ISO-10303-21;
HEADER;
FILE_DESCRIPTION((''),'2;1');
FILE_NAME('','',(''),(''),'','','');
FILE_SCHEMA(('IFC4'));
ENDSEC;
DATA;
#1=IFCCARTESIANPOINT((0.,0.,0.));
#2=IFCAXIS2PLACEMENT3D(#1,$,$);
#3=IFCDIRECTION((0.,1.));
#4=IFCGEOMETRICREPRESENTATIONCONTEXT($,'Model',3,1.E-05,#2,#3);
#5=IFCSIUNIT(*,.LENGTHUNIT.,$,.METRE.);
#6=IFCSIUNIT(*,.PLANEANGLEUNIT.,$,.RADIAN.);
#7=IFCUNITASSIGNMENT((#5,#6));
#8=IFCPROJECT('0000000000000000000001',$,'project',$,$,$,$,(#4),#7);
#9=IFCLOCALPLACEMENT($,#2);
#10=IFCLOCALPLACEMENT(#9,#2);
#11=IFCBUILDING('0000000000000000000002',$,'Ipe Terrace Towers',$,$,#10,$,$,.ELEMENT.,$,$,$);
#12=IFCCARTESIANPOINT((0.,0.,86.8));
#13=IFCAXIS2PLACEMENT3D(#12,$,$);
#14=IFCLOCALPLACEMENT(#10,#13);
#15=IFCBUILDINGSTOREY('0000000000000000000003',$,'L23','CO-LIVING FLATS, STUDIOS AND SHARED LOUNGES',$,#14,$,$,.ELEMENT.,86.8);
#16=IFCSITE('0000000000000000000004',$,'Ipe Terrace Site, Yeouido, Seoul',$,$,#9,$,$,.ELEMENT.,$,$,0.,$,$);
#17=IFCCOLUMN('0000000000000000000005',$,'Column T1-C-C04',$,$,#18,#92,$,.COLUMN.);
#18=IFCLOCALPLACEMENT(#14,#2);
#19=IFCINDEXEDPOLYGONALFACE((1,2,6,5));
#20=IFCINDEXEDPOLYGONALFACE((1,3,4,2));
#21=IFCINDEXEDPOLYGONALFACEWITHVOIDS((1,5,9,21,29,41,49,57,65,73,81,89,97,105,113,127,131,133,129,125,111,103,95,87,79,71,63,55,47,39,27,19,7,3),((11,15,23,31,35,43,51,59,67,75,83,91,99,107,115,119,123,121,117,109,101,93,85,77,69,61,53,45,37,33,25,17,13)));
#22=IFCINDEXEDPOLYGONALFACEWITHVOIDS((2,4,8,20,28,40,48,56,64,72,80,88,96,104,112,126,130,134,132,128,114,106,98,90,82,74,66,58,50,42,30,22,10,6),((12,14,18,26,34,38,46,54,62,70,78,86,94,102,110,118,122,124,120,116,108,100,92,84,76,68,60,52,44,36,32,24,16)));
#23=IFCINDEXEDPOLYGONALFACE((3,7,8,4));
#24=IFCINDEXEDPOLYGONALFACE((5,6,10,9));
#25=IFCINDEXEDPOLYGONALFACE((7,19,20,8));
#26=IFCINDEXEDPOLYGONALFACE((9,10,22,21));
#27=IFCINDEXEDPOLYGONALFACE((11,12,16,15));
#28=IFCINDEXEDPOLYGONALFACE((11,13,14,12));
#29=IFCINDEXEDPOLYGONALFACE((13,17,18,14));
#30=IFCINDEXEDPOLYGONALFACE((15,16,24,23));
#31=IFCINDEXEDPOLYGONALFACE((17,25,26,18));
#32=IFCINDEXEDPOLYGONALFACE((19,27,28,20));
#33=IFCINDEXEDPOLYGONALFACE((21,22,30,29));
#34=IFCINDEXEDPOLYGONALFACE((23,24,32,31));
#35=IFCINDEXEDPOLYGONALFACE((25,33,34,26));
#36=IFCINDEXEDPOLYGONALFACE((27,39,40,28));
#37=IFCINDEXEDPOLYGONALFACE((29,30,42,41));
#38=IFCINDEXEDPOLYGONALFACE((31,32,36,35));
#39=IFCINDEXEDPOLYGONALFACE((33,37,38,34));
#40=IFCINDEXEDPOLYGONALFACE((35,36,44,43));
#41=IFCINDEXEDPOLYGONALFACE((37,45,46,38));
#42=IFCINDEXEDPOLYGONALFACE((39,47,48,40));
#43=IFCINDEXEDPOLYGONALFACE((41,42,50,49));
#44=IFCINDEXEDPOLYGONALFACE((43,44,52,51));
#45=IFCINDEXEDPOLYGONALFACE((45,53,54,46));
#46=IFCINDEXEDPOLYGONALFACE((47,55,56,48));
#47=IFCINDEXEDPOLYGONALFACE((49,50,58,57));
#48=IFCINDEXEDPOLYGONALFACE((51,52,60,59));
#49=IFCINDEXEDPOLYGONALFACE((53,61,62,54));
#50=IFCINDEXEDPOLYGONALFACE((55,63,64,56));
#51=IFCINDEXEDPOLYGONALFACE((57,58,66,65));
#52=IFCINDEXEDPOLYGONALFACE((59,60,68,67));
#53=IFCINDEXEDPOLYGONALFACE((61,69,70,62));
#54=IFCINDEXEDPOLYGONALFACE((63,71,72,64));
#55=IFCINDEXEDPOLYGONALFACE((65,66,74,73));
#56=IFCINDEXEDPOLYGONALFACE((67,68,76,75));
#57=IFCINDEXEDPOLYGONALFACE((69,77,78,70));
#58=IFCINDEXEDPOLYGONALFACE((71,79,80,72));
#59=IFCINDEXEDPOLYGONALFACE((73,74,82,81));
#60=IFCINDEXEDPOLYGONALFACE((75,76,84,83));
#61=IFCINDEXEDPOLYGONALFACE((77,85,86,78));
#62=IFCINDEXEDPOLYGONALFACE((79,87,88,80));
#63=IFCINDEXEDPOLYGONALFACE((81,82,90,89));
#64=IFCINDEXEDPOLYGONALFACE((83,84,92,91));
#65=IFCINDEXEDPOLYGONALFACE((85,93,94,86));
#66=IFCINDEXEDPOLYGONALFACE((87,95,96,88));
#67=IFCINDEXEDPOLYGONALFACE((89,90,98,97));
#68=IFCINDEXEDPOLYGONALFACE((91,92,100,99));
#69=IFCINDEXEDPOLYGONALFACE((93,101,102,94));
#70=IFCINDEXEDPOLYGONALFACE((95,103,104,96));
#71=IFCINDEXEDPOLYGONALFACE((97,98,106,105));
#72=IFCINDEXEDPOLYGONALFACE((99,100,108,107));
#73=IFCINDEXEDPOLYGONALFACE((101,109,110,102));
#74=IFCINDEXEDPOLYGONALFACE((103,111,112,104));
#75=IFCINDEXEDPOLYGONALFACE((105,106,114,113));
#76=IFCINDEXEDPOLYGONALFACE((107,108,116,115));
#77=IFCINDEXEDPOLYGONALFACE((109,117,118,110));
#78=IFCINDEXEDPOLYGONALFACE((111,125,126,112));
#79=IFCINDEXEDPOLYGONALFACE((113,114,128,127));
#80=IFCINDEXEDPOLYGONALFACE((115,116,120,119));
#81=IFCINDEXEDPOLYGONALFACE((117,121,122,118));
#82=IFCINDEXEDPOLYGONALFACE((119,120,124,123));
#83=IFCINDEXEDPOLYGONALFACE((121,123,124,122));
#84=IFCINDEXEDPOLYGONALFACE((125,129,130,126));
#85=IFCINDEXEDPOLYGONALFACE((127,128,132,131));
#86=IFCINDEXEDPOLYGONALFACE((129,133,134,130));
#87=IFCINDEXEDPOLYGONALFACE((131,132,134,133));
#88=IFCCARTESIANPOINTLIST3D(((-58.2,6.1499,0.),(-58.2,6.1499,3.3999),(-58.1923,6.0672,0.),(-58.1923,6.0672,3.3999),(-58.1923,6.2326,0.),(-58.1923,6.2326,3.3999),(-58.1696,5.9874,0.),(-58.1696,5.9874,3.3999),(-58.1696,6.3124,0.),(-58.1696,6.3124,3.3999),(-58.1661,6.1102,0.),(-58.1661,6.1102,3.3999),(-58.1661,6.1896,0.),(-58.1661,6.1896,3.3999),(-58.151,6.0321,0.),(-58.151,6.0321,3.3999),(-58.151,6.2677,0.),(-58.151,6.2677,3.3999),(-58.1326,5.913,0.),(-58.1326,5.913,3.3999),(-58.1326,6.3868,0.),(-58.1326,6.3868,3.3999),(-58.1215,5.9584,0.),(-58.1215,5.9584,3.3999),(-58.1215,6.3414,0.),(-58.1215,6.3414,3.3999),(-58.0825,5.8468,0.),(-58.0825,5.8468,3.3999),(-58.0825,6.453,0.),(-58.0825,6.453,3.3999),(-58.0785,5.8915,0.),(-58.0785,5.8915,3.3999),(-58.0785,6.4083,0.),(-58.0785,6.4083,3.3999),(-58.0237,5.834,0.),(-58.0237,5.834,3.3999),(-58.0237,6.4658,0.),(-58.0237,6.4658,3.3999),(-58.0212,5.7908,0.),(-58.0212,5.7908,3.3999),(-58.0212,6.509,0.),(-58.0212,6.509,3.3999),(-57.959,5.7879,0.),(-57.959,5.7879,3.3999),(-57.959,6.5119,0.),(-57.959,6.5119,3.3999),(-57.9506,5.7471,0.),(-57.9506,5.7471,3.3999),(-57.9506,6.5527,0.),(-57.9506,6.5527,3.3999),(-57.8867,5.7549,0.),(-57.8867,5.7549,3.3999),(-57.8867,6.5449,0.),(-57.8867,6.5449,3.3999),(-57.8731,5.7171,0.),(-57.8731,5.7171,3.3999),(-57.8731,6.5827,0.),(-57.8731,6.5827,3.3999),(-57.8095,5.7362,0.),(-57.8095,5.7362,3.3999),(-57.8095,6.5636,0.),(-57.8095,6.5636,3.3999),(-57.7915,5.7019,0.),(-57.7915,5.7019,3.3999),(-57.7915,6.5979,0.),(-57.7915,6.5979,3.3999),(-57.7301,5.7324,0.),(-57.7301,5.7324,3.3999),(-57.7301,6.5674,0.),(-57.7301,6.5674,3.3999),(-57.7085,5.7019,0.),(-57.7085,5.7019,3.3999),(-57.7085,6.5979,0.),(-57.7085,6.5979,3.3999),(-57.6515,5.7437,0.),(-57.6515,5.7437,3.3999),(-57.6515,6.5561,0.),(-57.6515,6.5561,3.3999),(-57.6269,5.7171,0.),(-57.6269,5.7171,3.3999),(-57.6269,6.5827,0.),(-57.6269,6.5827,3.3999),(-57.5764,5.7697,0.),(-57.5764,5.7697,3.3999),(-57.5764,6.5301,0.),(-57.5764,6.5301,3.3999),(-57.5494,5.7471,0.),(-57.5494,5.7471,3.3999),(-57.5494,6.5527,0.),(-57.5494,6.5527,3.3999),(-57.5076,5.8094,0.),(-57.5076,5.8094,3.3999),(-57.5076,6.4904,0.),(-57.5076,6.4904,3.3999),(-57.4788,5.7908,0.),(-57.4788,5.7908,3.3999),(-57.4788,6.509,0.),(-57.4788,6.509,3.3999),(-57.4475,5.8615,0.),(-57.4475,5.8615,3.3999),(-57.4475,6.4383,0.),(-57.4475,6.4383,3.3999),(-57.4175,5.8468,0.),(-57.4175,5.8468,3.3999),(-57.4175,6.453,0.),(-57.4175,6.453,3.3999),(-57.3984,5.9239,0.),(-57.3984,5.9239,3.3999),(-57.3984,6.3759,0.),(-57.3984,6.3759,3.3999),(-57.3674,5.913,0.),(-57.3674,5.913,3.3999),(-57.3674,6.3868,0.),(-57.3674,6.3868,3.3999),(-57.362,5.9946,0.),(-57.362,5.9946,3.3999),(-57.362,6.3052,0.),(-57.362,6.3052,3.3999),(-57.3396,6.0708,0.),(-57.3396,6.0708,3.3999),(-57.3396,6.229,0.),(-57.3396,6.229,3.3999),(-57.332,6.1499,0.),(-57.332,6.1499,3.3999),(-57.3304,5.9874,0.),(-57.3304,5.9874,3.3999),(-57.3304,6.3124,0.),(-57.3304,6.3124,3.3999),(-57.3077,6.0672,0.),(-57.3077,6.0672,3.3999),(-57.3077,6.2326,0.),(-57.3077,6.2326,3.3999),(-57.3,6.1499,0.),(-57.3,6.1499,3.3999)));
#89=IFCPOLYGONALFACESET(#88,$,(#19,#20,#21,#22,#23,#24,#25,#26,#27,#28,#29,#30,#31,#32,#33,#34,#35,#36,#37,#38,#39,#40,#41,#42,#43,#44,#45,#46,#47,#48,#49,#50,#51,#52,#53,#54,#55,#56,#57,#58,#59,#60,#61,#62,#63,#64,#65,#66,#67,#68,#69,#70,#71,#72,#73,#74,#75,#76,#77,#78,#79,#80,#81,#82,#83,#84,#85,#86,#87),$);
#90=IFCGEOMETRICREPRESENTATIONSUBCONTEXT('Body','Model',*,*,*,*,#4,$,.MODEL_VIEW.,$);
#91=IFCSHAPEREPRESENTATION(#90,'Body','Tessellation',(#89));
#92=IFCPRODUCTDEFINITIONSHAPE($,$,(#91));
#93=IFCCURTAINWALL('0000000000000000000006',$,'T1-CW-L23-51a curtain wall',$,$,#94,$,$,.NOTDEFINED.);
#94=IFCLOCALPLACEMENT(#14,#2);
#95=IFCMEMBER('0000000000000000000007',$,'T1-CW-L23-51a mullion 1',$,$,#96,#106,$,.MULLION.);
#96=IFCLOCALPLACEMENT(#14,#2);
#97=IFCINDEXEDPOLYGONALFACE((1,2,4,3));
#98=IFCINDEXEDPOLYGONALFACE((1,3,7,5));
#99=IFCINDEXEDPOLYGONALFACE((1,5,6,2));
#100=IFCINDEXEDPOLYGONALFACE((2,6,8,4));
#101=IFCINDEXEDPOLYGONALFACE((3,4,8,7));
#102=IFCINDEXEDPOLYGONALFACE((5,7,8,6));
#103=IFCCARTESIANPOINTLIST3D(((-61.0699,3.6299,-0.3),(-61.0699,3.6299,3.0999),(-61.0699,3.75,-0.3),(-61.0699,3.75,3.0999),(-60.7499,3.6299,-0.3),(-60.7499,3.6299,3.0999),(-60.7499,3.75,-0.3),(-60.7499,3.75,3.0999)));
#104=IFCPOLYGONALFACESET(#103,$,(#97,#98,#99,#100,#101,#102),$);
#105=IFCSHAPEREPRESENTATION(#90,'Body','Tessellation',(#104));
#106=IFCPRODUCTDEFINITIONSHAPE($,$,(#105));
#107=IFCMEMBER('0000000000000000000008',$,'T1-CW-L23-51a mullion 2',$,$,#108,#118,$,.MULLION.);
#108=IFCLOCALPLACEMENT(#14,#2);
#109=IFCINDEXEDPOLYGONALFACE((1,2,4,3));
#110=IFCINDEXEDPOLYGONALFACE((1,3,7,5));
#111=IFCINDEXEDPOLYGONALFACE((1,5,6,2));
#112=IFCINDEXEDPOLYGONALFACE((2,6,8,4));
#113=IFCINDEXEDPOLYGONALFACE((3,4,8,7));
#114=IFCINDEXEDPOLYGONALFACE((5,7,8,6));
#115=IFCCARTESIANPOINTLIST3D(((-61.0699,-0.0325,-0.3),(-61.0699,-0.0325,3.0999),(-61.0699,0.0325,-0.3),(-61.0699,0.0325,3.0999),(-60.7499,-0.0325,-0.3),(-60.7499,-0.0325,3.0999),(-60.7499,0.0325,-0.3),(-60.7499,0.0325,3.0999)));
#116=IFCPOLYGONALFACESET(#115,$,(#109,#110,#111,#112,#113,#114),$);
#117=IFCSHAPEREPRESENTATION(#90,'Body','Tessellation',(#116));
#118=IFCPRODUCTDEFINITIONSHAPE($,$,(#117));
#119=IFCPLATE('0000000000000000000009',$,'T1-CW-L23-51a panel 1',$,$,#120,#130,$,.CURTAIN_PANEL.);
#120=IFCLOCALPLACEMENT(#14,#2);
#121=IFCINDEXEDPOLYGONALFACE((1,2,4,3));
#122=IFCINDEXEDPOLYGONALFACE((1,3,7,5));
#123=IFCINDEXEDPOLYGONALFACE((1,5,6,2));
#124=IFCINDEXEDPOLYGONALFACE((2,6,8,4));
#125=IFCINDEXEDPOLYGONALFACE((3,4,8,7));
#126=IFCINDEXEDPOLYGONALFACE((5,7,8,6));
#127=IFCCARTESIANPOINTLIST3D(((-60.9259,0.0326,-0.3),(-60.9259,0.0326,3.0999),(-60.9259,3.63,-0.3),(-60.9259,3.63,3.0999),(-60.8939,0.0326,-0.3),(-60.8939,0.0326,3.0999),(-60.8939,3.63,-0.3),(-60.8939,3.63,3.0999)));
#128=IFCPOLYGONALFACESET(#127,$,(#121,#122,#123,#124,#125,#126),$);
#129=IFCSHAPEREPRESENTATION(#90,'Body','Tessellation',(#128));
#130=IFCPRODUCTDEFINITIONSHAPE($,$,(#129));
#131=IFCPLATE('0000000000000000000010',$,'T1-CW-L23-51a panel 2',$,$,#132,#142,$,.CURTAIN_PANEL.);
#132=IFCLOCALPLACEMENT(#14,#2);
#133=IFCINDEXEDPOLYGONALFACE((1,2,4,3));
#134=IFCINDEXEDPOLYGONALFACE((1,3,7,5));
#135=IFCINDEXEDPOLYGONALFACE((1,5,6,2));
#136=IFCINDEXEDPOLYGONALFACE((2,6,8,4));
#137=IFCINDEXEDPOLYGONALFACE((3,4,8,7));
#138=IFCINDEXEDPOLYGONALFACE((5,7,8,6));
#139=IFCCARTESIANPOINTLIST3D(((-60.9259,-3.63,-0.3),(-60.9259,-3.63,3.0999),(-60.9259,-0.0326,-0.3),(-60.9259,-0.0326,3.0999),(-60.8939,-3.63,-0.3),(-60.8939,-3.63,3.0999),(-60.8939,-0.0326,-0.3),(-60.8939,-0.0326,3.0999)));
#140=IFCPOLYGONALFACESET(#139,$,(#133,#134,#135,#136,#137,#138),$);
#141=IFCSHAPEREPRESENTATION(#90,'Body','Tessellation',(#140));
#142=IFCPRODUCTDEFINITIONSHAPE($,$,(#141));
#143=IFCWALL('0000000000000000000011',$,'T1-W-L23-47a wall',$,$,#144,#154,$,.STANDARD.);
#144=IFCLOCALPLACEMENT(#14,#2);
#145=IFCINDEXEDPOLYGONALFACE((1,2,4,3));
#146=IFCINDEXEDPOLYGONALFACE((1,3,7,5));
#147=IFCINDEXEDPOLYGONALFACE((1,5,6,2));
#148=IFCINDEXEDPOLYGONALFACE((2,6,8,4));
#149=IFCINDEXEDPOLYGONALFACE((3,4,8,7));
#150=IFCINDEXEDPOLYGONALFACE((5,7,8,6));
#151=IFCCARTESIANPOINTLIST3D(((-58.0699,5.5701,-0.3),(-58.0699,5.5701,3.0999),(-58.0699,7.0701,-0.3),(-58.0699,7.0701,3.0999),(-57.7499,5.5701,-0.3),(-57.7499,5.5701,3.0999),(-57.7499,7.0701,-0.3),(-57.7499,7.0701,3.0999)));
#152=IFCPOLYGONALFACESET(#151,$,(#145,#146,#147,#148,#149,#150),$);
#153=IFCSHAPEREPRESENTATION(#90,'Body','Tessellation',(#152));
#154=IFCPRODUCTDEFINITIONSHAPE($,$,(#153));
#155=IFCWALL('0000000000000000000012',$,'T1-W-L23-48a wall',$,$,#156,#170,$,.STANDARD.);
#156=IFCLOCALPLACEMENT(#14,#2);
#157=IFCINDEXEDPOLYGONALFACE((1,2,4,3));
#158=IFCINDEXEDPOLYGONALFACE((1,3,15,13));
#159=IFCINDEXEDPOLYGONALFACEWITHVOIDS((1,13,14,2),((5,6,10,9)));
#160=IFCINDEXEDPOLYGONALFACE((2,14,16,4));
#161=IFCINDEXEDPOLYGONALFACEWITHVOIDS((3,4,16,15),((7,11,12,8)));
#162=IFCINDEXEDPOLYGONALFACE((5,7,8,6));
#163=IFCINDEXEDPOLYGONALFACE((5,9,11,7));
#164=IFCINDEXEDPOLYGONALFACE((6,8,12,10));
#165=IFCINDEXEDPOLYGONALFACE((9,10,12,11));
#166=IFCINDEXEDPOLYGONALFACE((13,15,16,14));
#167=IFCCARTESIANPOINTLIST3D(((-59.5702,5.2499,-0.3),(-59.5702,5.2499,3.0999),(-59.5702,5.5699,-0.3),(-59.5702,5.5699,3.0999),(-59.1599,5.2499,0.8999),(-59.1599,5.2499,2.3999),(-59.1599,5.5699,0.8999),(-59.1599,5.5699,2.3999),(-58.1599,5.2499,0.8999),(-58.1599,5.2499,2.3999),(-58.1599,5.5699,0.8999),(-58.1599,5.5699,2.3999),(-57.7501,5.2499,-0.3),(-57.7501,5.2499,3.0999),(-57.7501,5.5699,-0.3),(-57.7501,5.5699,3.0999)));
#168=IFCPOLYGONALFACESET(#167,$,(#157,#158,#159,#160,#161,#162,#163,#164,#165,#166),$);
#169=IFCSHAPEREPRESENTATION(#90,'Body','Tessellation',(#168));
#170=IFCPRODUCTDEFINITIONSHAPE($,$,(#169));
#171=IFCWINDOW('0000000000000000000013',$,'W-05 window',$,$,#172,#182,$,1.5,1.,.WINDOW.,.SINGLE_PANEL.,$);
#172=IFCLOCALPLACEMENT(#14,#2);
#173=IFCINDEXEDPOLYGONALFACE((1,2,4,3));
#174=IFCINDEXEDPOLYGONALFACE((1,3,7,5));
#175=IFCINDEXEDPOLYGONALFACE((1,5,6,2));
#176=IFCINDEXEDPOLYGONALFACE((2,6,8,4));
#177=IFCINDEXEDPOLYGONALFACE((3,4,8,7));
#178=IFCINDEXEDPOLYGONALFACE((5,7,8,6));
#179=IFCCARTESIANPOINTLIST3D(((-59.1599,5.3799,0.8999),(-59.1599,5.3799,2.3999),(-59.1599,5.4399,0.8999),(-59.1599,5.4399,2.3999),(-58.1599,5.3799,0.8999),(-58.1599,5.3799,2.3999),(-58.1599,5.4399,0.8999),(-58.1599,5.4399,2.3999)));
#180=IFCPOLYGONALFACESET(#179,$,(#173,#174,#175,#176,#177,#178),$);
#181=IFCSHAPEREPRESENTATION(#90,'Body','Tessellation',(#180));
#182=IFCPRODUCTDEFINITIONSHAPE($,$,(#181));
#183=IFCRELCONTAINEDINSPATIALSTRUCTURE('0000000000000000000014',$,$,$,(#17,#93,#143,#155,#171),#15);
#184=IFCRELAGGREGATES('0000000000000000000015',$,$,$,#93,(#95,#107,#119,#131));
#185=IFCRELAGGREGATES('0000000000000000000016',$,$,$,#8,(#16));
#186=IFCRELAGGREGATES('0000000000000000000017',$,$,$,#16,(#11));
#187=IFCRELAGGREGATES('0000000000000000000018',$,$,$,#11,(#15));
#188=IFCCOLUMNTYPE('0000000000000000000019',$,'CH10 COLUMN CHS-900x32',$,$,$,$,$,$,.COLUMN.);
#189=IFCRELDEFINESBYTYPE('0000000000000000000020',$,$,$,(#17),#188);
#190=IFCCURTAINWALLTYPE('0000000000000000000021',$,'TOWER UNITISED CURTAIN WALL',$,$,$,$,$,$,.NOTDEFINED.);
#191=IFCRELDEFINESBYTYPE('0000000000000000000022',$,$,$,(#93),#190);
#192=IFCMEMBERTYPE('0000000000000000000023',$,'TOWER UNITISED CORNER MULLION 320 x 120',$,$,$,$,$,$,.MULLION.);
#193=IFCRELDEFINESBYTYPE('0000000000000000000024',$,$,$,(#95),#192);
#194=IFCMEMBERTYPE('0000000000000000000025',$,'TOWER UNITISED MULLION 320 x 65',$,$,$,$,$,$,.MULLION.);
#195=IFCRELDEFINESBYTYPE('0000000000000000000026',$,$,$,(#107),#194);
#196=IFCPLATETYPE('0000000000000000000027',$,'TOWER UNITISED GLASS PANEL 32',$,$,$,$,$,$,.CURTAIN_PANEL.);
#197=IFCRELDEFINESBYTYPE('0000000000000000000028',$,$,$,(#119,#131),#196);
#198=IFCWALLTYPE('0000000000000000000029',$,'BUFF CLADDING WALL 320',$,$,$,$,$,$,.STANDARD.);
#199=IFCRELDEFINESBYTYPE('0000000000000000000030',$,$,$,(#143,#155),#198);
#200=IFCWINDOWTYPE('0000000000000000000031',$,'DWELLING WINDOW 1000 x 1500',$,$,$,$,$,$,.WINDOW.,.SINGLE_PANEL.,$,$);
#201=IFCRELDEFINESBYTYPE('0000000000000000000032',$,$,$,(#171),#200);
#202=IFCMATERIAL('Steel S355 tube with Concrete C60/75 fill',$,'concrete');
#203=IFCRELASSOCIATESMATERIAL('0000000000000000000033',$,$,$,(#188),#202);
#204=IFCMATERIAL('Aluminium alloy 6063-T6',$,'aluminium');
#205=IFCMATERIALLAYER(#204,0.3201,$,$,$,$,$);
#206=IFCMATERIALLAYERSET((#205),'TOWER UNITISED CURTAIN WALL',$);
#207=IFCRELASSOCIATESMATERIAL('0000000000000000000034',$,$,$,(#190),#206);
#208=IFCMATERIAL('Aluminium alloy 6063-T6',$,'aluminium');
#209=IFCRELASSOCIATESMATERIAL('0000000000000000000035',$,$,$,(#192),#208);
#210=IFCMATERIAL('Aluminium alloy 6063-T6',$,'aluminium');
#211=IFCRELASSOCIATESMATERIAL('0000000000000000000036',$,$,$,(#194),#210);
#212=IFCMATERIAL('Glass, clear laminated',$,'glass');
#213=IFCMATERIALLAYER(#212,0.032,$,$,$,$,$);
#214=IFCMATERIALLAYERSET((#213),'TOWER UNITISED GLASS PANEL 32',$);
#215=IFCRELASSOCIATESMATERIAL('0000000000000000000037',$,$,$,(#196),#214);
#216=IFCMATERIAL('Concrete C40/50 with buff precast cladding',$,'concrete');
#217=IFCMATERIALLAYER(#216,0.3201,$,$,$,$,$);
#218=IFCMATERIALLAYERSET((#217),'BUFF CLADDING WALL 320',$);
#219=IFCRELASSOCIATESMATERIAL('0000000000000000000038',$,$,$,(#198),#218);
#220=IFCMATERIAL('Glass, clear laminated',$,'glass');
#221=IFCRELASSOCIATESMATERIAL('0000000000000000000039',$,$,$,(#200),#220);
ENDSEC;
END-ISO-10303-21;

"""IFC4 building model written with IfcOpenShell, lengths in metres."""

from ifc_helpers import new_model, si_unit, direction, frame, frame_2d, origin, origin_2d, place, context, subcontext, project, spatial, rectangle, hollow_circle, extrude, material, layer, layer_set, material_profile, profile_set, type_object, element, fill, aggregate, save


model = new_model("IFC4")

# Units and contexts
model_context = context("Model", 3, precision=1e-05, world=origin(), true_north=direction((0.0, 1.0)))
body_context = subcontext(model_context, "Body", "Model", "MODEL_VIEW")
ifc_project = project(units=[si_unit("LENGTHUNIT", "METRE"), si_unit("PLANEANGLEUNIT", "RADIAN")], contexts=[model_context])

# Site, building, storey
site_placement = place(None, origin())
site = spatial("IfcSite", under=ifc_project, at=site_placement, Name="Ipe Terrace Site, Yeouido, Seoul", CompositionType="ELEMENT", RefElevation=0.0)
building_placement = place(site_placement, origin())
building = spatial("IfcBuilding", under=site, at=building_placement, Name="Ipe Terrace Towers", CompositionType="ELEMENT")
storey_placement = place(building_placement, frame((0.0, 0.0, 86.8)))
storey = spatial("IfcBuildingStorey", under=building, at=storey_placement, Name="L23", Description="CO-LIVING FLATS, STUDIOS AND SHARED LOUNGES", CompositionType="ELEMENT", Elevation=86.8)

# Column
ifc_material_1 = material(Name="Steel S355 tube with Concrete C60/75 fill", Category="concrete")
ifc_material_profile_1 = material_profile(ifc_material_1, hollow_circle(Radius=0.45, WallThickness=0.032, at=origin_2d()), Name="CHS-900x32")
ifc_profile_set_1 = profile_set([ifc_material_profile_1], Name="Steel S355 tube with Concrete C60/75 fill")
column_type = type_object("IfcColumnType", Name="CH10 COLUMN CHS-900x32", PredefinedType="COLUMN", material=ifc_profile_set_1)
column_placement = place(storey_placement, frame((-57.75, 6.1499, 0.0), z_axis=(0.0, 0.0, 1.0), x_axis=(1.0, 0.0, 0.0)))
element("IfcColumn", 1, at=column_placement, inside=storey, type_object=column_type, Name="Column T1-C-C04", PredefinedType="COLUMN", context=body_context, shape_type="SweptSolid", body=[
    extrude(hollow_circle(Radius=0.45, WallThickness=0.032, at=origin_2d()), origin(), (0.0, 0.0, 1.0), 3.3999),
])

# Curtain wall, members, plates
ifc_material_2 = material(Name="Aluminium alloy 6063-T6", Category="aluminium")
ifc_layer_1 = layer(ifc_material_2, 0.3201)
ifc_layer_set_1 = layer_set([ifc_layer_1], Name="TOWER UNITISED CURTAIN WALL")
curtain_wall_type = type_object("IfcCurtainWallType", Name="TOWER UNITISED CURTAIN WALL", PredefinedType="NOTDEFINED", material=ifc_layer_set_1)
curtain_wall_placement = place(storey_placement, origin())
curtain_wall = element("IfcCurtainWall", 2, at=curtain_wall_placement, inside=storey, type_object=curtain_wall_type, Name="T1-CW-L23-51a curtain wall", PredefinedType="NOTDEFINED")
ifc_material_3 = material(Name="Aluminium alloy 6063-T6", Category="aluminium")
ifc_material_profile_2 = material_profile(ifc_material_3, rectangle(XDim=0.3201, YDim=0.1201, at=origin_2d()), Name="TOWER UNITISED CORNER MULLION 320 x 120")
ifc_profile_set_2 = profile_set([ifc_material_profile_2], Name="Aluminium alloy 6063-T6")
member_type_1 = type_object("IfcMemberType", Name="TOWER UNITISED CORNER MULLION 320 x 120", PredefinedType="MULLION", material=ifc_profile_set_2)
member_1_placement = place(storey_placement, frame((-60.9099, 3.6899, -0.3), z_axis=(0.0, 0.0, 1.0), x_axis=(-1.0, 0.0, 0.0)))
member_1 = element("IfcMember", 3, at=member_1_placement, type_object=member_type_1, Name="T1-CW-L23-51a mullion 1", PredefinedType="MULLION", context=body_context, shape_type="SweptSolid", body=[
    extrude(rectangle(XDim=0.3201, YDim=0.1201, at=origin_2d()), origin(), (0.0, 0.0, 1.0), 3.3999),
])
ifc_material_4 = material(Name="Aluminium alloy 6063-T6", Category="aluminium")
ifc_material_profile_3 = material_profile(ifc_material_4, rectangle(XDim=0.3201, YDim=0.0649, at=origin_2d()), Name="TOWER UNITISED MULLION 320 x 65")
ifc_profile_set_3 = profile_set([ifc_material_profile_3], Name="Aluminium alloy 6063-T6")
member_type_2 = type_object("IfcMemberType", Name="TOWER UNITISED MULLION 320 x 65", PredefinedType="MULLION", material=ifc_profile_set_3)
member_2_placement = place(storey_placement, frame((-60.9099, 0.0, -0.3), z_axis=(0.0, 0.0, 1.0), x_axis=(-1.0, 0.0, 0.0)))
member_2 = element("IfcMember", 4, at=member_2_placement, type_object=member_type_2, Name="T1-CW-L23-51a mullion 2", PredefinedType="MULLION", context=body_context, shape_type="SweptSolid", body=[
    extrude(rectangle(XDim=0.3201, YDim=0.0649, at=origin_2d()), origin(), (0.0, 0.0, 1.0), 3.3999),
])
ifc_material_5 = material(Name="Glass, clear laminated", Category="glass")
ifc_layer_2 = layer(ifc_material_5, 0.032)
ifc_layer_set_2 = layer_set([ifc_layer_2], Name="TOWER UNITISED GLASS PANEL 32")
plate_type = type_object("IfcPlateType", Name="TOWER UNITISED GLASS PANEL 32", PredefinedType="CURTAIN_PANEL", material=ifc_layer_set_2)
plate_1_placement = place(storey_placement, frame((-60.9099, 1.8313, -0.3), z_axis=(0.0, 0.0, 1.0), x_axis=(0.0, -1.0, 0.0)))
plate_1 = element("IfcPlate", 5, at=plate_1_placement, type_object=plate_type, Name="T1-CW-L23-51a panel 1", PredefinedType="CURTAIN_PANEL", context=body_context, shape_type="SweptSolid", body=[
    extrude(rectangle(XDim=3.5974, YDim=0.032, at=origin_2d()), origin(), (0.0, 0.0, 1.0), 3.3999),
])
plate_2_placement = place(storey_placement, frame((-60.9099, -1.8313, -0.3), z_axis=(0.0, 0.0, 1.0), x_axis=(0.0, -1.0, 0.0)))
plate_2 = element("IfcPlate", 6, at=plate_2_placement, type_object=plate_type, Name="T1-CW-L23-51a panel 2", PredefinedType="CURTAIN_PANEL", context=body_context, shape_type="SweptSolid", body=[
    extrude(rectangle(XDim=3.5974, YDim=0.032, at=origin_2d()), origin(), (0.0, 0.0, 1.0), 3.3999),
])
aggregate(curtain_wall, [member_1, member_2, plate_1, plate_2])

# Wall
ifc_material_6 = material(Name="Concrete C40/50 with buff precast cladding", Category="concrete")
ifc_layer_3 = layer(ifc_material_6, 0.3201)
ifc_layer_set_3 = layer_set([ifc_layer_3], Name="BUFF CLADDING WALL 320")
wall_type_1 = type_object("IfcWallType", Name="BUFF CLADDING WALL 320", PredefinedType="STANDARD", material=ifc_layer_set_3)
wall_1_placement = place(storey_placement, frame((-57.9099, 7.0701, -0.3), z_axis=(0.0, 0.0, 1.0), x_axis=(0.0, -1.0, 0.0)))
element("IfcWall", 7, at=wall_1_placement, inside=storey, type_object=wall_type_1, Name="T1-W-L23-47a wall", PredefinedType="STANDARD", context=body_context, shape_type="SweptSolid", body=[
    extrude(rectangle(XDim=1.5, YDim=0.3201, at=frame_2d((0.75, 0.0))), origin(), (0.0, 0.0, 1.0), 3.3999),
])

# Wall, opening, window
wall_2_placement = place(storey_placement, frame((-57.75, 5.4099, -0.3), z_axis=(0.0, 0.0, 1.0), x_axis=(-1.0, 0.0, 0.0)))
wall_2 = element("IfcWall", 8, at=wall_2_placement, inside=storey, type_object=wall_type_1, Name="T1-W-L23-48a wall", PredefinedType="STANDARD", context=body_context, shape_type="SweptSolid", body=[
    extrude(rectangle(XDim=1.8201, YDim=0.3201, at=frame_2d((0.9102, 0.0))), origin(), (0.0, 0.0, 1.0), 3.3999),
])
opening_1_placement = place(wall_2_placement, frame((0.4099, 0.0, 1.2)))
opening_1 = element("IfcOpeningElement", 9, at=opening_1_placement, cuts=wall_2, PredefinedType="OPENING", context=body_context, shape_type="SweptSolid", body=[
    extrude(rectangle(XDim=1.0, YDim=1.5, at=frame_2d((0.5, 0.75))), frame((0.0, 0.1699, 0.0), z_axis=(0.0, -1.0, 0.0), x_axis=(1.0, 0.0, 0.0)), (0.0, 0.0, 1.0), 0.3401),
])
ifc_material_7 = material(Name="Glass, clear laminated", Category="glass")
window_type = type_object("IfcWindowType", Name="DWELLING WINDOW 1000 x 1500", PartitioningType="SINGLE_PANEL", PredefinedType="WINDOW", material=ifc_material_7)
window_placement = place(opening_1_placement, origin())
window = element("IfcWindow", 10, at=window_placement, inside=storey, type_object=window_type, Name="W-05 window", OverallHeight=1.5, OverallWidth=1.0, PartitioningType="SINGLE_PANEL", PredefinedType="WINDOW", context=body_context, shape_type="SweptSolid", body=[
    extrude(rectangle(XDim=1.0, YDim=1.5, at=frame_2d((0.5, 0.75))), frame((0.0, 0.03, 0.0), z_axis=(0.0, -1.0, 0.0), x_axis=(1.0, 0.0, 0.0)), (0.0, 0.0, 1.0), 0.0601),
])
fill(opening_1, window)

save(model, "model.ifc")
